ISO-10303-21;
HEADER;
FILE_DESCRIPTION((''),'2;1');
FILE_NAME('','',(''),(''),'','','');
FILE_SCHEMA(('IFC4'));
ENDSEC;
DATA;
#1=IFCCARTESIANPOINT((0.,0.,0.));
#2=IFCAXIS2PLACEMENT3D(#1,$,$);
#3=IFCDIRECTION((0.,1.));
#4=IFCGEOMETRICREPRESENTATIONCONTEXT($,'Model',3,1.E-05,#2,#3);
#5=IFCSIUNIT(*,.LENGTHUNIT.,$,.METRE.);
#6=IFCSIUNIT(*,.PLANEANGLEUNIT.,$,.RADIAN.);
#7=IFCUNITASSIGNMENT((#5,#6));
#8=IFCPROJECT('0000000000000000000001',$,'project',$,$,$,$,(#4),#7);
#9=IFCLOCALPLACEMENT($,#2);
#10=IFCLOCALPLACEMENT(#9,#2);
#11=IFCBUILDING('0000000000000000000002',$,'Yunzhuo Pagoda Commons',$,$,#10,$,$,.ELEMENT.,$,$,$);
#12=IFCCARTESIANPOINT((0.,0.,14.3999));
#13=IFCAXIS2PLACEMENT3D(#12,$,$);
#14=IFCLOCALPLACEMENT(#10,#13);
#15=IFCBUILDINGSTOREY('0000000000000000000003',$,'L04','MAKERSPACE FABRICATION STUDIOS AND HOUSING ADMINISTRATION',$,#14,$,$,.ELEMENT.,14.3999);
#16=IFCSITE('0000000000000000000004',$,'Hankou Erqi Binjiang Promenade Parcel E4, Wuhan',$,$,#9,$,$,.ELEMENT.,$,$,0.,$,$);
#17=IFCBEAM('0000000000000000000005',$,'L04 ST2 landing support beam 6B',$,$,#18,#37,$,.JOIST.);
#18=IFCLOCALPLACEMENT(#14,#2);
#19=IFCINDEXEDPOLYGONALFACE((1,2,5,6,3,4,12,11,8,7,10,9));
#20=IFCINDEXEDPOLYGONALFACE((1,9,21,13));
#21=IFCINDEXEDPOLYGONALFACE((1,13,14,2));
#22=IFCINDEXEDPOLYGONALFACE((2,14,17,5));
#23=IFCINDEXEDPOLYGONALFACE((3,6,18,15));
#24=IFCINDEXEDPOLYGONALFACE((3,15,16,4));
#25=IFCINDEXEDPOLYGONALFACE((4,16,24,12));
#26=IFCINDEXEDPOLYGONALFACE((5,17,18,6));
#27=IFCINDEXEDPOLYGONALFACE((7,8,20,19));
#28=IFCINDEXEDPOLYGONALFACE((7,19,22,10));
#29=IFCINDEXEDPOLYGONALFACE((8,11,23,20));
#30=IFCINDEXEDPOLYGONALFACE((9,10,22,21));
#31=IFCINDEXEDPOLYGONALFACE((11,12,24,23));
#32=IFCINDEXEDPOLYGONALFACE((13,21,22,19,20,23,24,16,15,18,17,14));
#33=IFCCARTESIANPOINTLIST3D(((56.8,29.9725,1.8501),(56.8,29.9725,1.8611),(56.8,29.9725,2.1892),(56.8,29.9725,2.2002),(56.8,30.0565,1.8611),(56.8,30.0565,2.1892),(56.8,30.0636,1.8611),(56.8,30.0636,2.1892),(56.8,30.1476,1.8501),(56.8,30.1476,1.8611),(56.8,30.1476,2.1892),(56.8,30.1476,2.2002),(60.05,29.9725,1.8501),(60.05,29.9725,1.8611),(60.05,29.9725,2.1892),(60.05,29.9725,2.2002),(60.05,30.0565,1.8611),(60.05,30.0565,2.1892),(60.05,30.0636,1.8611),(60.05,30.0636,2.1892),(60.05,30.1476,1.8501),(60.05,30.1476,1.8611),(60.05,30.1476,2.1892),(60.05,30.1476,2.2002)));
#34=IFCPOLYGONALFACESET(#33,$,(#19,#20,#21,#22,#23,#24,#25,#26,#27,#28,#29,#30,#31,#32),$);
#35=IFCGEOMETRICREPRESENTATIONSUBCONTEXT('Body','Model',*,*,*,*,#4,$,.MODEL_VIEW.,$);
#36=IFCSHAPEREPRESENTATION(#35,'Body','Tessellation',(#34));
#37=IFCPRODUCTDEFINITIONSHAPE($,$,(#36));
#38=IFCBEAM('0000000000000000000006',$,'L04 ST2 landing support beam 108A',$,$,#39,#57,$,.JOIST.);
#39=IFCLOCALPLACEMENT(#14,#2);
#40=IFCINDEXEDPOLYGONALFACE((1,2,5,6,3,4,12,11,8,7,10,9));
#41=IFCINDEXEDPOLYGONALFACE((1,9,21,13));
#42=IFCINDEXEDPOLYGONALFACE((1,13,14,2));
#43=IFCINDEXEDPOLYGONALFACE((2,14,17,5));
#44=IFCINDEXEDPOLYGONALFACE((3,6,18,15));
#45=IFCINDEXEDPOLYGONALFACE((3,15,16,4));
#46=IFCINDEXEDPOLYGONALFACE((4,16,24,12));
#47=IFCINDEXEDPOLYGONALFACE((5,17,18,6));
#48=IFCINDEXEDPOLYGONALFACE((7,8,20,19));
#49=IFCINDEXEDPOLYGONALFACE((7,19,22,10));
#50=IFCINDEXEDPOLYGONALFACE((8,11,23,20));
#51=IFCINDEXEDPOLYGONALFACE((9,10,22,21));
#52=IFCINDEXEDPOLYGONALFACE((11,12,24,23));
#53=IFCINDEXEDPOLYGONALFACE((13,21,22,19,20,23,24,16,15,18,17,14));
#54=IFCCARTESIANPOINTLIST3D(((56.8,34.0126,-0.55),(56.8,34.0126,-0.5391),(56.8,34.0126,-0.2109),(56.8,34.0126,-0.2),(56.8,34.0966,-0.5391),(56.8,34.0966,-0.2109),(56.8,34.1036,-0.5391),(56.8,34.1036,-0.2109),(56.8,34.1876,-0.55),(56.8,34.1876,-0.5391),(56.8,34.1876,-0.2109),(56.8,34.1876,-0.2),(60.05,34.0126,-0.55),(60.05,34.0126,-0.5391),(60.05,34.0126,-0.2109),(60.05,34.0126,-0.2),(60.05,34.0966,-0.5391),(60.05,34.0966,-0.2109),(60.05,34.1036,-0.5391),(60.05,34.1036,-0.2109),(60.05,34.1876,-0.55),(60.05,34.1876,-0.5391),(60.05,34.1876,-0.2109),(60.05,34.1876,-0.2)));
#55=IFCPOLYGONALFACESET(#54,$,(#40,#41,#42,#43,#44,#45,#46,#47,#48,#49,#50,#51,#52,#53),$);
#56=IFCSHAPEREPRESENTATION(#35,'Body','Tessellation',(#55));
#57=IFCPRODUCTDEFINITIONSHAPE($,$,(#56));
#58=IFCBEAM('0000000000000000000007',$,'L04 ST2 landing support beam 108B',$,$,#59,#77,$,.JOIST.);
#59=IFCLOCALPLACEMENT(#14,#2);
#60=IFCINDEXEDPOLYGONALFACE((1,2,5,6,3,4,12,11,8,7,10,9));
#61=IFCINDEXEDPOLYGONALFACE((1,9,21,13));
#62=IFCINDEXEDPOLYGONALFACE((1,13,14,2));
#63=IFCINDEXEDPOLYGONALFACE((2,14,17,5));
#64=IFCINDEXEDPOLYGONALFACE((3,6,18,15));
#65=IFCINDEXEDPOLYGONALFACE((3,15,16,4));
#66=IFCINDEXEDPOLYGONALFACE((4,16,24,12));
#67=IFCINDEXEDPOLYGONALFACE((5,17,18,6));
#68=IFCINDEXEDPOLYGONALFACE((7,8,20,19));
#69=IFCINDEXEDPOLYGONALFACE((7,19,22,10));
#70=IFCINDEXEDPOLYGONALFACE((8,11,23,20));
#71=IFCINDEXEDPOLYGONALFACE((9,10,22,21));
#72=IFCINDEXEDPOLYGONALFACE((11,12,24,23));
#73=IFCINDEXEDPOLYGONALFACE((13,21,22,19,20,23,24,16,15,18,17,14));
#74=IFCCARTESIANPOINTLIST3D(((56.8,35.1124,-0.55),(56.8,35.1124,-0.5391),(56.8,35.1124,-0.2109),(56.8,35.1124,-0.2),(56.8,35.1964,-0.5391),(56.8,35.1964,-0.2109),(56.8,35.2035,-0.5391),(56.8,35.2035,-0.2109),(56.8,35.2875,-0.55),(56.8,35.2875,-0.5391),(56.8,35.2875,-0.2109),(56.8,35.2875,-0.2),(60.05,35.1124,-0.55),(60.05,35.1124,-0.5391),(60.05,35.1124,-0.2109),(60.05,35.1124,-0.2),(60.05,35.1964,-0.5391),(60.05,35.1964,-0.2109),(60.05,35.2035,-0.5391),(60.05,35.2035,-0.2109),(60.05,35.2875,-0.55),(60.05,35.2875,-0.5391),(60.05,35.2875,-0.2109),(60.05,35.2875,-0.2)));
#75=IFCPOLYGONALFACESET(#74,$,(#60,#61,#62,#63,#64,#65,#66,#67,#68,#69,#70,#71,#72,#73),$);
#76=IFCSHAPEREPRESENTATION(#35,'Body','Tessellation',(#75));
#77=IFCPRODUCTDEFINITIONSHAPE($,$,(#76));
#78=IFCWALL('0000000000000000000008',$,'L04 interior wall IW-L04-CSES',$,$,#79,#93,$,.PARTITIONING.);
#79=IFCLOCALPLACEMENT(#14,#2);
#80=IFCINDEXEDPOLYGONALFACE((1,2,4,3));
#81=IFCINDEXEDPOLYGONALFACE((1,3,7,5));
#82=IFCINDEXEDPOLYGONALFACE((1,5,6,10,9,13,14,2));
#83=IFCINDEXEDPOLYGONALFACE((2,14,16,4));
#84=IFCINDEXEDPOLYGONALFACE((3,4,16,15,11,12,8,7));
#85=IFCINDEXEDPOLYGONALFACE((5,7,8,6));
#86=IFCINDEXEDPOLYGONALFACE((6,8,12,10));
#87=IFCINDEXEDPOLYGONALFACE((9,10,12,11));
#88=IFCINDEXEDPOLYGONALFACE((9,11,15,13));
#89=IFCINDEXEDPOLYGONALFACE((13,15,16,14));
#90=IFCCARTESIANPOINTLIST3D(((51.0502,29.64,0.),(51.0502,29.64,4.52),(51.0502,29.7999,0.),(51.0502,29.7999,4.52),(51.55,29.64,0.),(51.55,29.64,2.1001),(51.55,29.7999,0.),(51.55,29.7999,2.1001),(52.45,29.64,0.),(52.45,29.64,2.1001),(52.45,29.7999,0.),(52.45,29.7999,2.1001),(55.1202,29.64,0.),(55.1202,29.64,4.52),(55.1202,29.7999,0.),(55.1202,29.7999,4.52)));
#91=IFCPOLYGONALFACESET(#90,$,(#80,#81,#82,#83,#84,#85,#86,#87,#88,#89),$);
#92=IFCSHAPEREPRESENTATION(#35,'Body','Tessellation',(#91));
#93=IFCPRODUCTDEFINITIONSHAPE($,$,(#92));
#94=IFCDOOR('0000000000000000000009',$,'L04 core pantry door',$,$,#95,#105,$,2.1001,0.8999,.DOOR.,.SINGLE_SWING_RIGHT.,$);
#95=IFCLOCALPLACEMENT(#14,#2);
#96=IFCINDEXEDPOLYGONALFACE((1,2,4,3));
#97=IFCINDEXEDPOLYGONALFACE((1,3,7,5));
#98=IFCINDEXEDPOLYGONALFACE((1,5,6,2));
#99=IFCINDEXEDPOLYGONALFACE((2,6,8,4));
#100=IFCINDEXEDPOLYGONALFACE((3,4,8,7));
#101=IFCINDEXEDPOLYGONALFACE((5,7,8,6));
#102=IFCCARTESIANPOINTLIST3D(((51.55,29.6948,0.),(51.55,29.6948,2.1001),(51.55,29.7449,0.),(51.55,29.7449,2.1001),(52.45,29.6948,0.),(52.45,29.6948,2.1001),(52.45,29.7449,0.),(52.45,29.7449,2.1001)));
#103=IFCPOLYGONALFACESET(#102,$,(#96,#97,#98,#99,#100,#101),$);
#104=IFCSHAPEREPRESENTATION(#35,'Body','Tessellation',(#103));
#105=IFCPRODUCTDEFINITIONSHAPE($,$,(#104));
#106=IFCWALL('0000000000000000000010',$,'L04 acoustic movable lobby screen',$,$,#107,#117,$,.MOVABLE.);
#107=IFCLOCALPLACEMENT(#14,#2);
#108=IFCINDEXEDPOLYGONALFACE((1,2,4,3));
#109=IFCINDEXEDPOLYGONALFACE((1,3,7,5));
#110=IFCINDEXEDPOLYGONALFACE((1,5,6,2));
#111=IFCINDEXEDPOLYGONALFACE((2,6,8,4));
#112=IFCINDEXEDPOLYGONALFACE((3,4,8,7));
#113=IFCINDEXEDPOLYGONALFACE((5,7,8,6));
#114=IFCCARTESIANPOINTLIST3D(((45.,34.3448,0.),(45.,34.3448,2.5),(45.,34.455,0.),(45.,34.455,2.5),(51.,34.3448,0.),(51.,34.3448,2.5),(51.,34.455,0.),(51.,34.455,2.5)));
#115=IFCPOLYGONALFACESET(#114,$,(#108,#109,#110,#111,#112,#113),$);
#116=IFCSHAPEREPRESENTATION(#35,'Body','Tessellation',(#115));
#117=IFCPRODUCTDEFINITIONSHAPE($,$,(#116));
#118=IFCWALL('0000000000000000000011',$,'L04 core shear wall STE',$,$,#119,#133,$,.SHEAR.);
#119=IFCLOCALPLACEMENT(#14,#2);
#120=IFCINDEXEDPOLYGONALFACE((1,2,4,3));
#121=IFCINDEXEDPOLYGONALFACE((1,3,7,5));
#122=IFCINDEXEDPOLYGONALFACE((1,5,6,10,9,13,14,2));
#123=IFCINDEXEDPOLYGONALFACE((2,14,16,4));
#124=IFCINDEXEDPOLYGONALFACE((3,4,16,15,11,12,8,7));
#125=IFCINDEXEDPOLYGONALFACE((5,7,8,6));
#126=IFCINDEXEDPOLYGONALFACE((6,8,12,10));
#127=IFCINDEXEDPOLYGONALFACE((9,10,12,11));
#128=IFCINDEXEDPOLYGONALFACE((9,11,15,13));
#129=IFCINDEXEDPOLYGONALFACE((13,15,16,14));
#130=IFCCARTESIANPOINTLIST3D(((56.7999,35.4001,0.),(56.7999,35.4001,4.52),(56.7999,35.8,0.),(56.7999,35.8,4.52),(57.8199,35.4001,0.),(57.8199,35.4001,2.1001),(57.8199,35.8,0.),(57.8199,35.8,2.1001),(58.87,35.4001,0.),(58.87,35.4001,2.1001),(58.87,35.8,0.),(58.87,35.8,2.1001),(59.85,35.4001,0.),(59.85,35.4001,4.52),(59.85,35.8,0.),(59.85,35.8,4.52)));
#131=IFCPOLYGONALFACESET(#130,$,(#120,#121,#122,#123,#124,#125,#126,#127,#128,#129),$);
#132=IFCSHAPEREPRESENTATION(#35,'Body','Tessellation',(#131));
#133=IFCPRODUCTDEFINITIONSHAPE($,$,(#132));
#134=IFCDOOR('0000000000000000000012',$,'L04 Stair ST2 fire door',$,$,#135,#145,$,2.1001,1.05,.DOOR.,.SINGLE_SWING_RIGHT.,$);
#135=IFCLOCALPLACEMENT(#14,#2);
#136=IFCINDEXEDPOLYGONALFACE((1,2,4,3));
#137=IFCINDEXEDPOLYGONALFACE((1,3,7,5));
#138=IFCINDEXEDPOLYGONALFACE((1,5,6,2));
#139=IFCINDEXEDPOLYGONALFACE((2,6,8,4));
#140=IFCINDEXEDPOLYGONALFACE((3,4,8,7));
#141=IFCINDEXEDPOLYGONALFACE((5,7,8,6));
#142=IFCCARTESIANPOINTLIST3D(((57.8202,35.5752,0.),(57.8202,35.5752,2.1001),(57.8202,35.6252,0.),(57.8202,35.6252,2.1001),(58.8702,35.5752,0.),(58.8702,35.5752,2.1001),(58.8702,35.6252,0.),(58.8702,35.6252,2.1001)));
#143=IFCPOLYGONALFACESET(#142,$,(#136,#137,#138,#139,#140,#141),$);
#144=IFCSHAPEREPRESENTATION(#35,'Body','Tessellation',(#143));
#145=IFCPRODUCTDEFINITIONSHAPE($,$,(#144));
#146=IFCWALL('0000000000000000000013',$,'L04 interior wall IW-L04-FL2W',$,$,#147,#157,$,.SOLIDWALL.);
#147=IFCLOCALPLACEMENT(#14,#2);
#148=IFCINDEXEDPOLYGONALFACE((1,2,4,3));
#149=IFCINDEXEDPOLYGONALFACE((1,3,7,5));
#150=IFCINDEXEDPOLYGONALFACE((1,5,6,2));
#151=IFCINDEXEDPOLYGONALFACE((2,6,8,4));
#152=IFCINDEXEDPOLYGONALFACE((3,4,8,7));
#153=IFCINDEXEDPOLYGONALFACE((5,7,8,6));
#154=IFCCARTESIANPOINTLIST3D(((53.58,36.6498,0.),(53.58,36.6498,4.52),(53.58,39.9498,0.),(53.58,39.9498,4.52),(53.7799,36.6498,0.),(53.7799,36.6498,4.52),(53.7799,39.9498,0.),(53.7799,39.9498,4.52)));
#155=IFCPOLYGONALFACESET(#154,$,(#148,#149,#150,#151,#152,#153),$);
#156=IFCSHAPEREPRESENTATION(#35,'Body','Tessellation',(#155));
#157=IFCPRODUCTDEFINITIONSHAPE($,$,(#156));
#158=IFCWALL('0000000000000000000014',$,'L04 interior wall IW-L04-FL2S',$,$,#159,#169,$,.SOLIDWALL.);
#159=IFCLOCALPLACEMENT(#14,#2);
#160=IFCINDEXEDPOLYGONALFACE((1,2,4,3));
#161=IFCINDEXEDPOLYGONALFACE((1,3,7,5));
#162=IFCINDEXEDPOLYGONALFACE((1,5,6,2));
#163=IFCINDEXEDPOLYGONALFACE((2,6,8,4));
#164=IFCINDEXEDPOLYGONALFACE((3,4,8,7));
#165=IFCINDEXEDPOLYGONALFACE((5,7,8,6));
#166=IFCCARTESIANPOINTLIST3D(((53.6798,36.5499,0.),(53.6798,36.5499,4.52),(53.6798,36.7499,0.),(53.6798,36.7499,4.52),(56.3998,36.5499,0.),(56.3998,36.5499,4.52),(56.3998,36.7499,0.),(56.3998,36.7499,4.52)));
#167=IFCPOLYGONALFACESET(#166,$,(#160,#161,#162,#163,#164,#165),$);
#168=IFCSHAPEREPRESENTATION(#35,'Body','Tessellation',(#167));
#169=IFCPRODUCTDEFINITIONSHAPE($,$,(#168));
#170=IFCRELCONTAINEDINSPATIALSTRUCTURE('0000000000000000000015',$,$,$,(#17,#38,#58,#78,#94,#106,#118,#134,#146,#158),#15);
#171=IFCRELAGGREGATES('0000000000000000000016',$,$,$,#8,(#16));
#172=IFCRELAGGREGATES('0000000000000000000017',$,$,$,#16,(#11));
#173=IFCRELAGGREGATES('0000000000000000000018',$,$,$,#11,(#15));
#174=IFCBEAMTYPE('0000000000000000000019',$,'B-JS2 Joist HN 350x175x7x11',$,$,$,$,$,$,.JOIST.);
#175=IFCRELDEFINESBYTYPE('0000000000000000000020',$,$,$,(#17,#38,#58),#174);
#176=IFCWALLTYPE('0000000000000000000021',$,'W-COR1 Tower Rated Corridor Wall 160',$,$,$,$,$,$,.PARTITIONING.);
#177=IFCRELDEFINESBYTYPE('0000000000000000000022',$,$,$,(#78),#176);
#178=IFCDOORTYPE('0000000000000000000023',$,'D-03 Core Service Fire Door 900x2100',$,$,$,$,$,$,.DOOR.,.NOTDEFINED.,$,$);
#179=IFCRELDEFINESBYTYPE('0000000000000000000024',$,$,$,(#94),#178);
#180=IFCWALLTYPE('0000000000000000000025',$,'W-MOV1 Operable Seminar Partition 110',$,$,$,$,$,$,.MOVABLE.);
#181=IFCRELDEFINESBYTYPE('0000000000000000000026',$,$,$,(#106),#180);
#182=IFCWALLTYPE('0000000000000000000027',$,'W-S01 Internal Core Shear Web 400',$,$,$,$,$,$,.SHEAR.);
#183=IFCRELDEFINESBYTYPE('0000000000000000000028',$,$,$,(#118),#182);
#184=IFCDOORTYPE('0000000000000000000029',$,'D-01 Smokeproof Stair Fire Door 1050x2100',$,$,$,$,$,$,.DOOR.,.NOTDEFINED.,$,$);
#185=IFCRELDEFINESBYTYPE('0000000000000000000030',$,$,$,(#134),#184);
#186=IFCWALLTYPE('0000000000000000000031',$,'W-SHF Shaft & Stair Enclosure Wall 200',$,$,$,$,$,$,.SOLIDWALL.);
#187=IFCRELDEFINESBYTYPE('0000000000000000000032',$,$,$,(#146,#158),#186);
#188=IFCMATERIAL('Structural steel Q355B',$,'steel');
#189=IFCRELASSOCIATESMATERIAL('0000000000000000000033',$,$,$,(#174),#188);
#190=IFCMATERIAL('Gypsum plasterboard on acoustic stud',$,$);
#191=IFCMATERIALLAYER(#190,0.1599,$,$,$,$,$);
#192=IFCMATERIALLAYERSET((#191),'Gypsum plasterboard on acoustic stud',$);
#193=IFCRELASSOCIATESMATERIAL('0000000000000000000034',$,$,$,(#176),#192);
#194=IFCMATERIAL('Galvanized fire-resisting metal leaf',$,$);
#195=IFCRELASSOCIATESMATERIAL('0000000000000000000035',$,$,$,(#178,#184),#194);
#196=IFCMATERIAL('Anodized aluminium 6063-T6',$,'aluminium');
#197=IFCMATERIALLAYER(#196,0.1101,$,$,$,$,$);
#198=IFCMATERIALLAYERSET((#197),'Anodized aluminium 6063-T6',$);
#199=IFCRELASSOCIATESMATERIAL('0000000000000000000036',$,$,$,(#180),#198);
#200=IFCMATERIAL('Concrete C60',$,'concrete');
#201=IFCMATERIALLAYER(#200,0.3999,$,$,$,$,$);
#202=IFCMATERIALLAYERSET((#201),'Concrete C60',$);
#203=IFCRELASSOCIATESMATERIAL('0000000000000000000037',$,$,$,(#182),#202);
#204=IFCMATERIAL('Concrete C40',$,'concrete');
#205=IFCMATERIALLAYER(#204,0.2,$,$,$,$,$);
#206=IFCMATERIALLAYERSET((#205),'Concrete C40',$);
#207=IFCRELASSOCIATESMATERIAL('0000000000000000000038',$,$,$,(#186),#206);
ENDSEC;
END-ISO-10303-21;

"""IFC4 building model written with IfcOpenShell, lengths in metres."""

from ifc_helpers import new_model, si_unit, direction, frame, frame_2d, origin, origin_with_axes, origin_2d, place, context, subcontext, project, spatial, rectangle, i_section, extrude, source, transform, mapped, material, layer, layer_set, material_profile, profile_set, type_object, element, fill, save


model = new_model("IFC4")

# Units and contexts
model_context = context("Model", 3, precision=1e-05, world=origin(), true_north=direction((0.0, 1.0)))
body_context = subcontext(model_context, "Body", "Model", "MODEL_VIEW")
ifc_project = project(units=[si_unit("LENGTHUNIT", "METRE"), si_unit("PLANEANGLEUNIT", "RADIAN")], contexts=[model_context])

# Site, building, storey
site_placement = place(None, origin())
site = spatial("IfcSite", under=ifc_project, at=site_placement, Name="Hankou Erqi Binjiang Promenade Parcel E4, Wuhan", CompositionType="ELEMENT", RefElevation=0.0)
building_placement = place(site_placement, origin())
building = spatial("IfcBuilding", under=site, at=building_placement, Name="Yunzhuo Pagoda Commons", CompositionType="ELEMENT")
storey_placement = place(building_placement, frame((0.0, 0.0, 14.3999)))
storey = spatial("IfcBuildingStorey", under=building, at=storey_placement, Name="L04", Description="MAKERSPACE FABRICATION STUDIOS AND HOUSING ADMINISTRATION", CompositionType="ELEMENT", Elevation=14.3999)

# Beams
ifc_material_1 = material(Name="Structural steel Q355B", Category="steel")
ifc_material_profile = material_profile(ifc_material_1, i_section(OverallWidth=0.175, OverallDepth=0.3501, WebThickness=0.0071, FlangeThickness=0.011, at=origin_2d()), Name="Structural steel Q355B")
ifc_profile_set = profile_set([ifc_material_profile], Name="Structural steel Q355B")
beam_type = type_object("IfcBeamType", Name="B-JS2 Joist HN 350x175x7x11", PredefinedType="JOIST", material=ifc_profile_set)
shared_shape_1 = source(origin(), body_context, "Body", "SweptSolid", [
    extrude(i_section(OverallWidth=0.175, OverallDepth=0.3501, WebThickness=0.0071, FlangeThickness=0.011, at=origin_2d()), origin(), (0.0, 0.0, 1.0), 3.25),
])
for number, where, z_axis, x_axis, name in (
    (1, (56.8, 30.0601, 2.0251), (1.0, 0.0, 0.0), (0.0, 1.0, 0.0), "L04 ST2 landing support beam 6B"),
    (2, (56.8, 34.1001, -0.375), (1.0, 0.0, 0.0), (0.0, 1.0, 0.0), "L04 ST2 landing support beam 108A"),
    (3, (56.8, 35.2, -0.375), (1.0, 0.0, 0.0), (0.0, 1.0, 0.0), "L04 ST2 landing support beam 108B"),
):
    element("IfcBeam", number, at=place(storey_placement, frame(where, z_axis=z_axis, x_axis=x_axis)), inside=storey, type_object=beam_type, Name=name, PredefinedType="JOIST", context=body_context, shape_type="MappedRepresentation", body=[
        mapped(shared_shape_1, transform((0.0, 0.0, 0.0), scale=1.0)),
    ])

# Wall, opening, door
ifc_material_2 = material(Name="Gypsum plasterboard on acoustic stud")
ifc_layer_1 = layer(ifc_material_2, 0.1599)
ifc_layer_set_1 = layer_set([ifc_layer_1], Name="Gypsum plasterboard on acoustic stud")
wall_type_1 = type_object("IfcWallType", Name="W-COR1 Tower Rated Corridor Wall 160", PredefinedType="PARTITIONING", material=ifc_layer_set_1)
wall_1_placement = place(storey_placement, frame((51.05, 29.72, 0.0), z_axis=(0.0, 0.0, 1.0), x_axis=(1.0, 0.0, 0.0)))
wall_1 = element("IfcWall", 4, at=wall_1_placement, inside=storey, type_object=wall_type_1, Name="L04 interior wall IW-L04-CSES", PredefinedType="PARTITIONING", context=body_context, shape_type="SweptSolid", body=[
    extrude(rectangle(XDim=4.0701, YDim=0.1599, at=frame_2d((2.0352, 0.0))), origin(), (0.0, 0.0, 1.0), 4.52),
])
opening_1_placement = place(wall_1_placement, frame((0.5, 0.0, 0.0)))
opening_1 = element("IfcOpeningElement", 5, at=opening_1_placement, cuts=wall_1, PredefinedType="OPENING", context=body_context, shape_type="SweptSolid", body=[
    extrude(rectangle(XDim=0.8999, YDim=2.1001, at=frame_2d((0.45, 1.05))), frame((0.0, 0.0898, 0.0), z_axis=(0.0, -1.0, 0.0), x_axis=(1.0, 0.0, 0.0)), (0.0, 0.0, 1.0), 0.1799),
])
ifc_material_3 = material(Name="Galvanized fire-resisting metal leaf")
door_type_1 = type_object("IfcDoorType", Name="D-03 Core Service Fire Door 900x2100", OperationType="NOTDEFINED", PredefinedType="DOOR", material=ifc_material_3)
shared_shape_2 = source(origin(), body_context, "Body", "SweptSolid", [
    extrude(rectangle(XDim=0.8999, YDim=2.1001, at=frame_2d((0.45, 1.05))), frame((0.0, 0.0249, 0.0), z_axis=(0.0, -1.0, 0.0), x_axis=(1.0, 0.0, 0.0)), (0.0, 0.0, 1.0), 0.05),
])
door_1_placement = place(opening_1_placement, origin_with_axes())
door_1 = element("IfcDoor", 6, at=door_1_placement, inside=storey, type_object=door_type_1, Name="L04 core pantry door", OperationType="SINGLE_SWING_RIGHT", OverallHeight=2.1001, OverallWidth=0.8999, PredefinedType="DOOR", context=body_context, shape_type="MappedRepresentation", body=[
    mapped(shared_shape_2, transform((0.0, 0.0, 0.0), scale=1.0)),
])
fill(opening_1, door_1)

# Wall
ifc_material_4 = material(Name="Anodized aluminium 6063-T6", Category="aluminium")
ifc_layer_2 = layer(ifc_material_4, 0.1101)
ifc_layer_set_2 = layer_set([ifc_layer_2], Name="Anodized aluminium 6063-T6")
wall_type_2 = type_object("IfcWallType", Name="W-MOV1 Operable Seminar Partition 110", PredefinedType="MOVABLE", material=ifc_layer_set_2)
wall_2_placement = place(storey_placement, frame((45.0, 34.3999, 0.0), z_axis=(0.0, 0.0, 1.0), x_axis=(1.0, 0.0, 0.0)))
element("IfcWall", 7, at=wall_2_placement, inside=storey, type_object=wall_type_2, Name="L04 acoustic movable lobby screen", PredefinedType="MOVABLE", context=body_context, shape_type="SweptSolid", body=[
    extrude(rectangle(XDim=6.0, YDim=0.1101, at=frame_2d((3.0, 0.0))), origin(), (0.0, 0.0, 1.0), 2.5),
])

# Wall, opening, door
ifc_material_5 = material(Name="Concrete C60", Category="concrete")
ifc_layer_3 = layer(ifc_material_5, 0.3999)
ifc_layer_set_3 = layer_set([ifc_layer_3], Name="Concrete C60")
wall_type_3 = type_object("IfcWallType", Name="W-S01 Internal Core Shear Web 400", PredefinedType="SHEAR", material=ifc_layer_set_3)
wall_3_placement = place(storey_placement, frame((56.8, 35.6001, 0.0), z_axis=(0.0, 0.0, 1.0), x_axis=(1.0, 0.0, 0.0)))
wall_3 = element("IfcWall", 8, at=wall_3_placement, inside=storey, type_object=wall_type_3, Name="L04 core shear wall STE", PredefinedType="SHEAR", context=body_context, shape_type="SweptSolid", body=[
    extrude(rectangle(XDim=3.05, YDim=0.3999, at=frame_2d((1.5249, 0.0))), origin(), (0.0, 0.0, 1.0), 4.52),
])
opening_2_placement = place(wall_3_placement, frame((1.02, 0.0, 0.0)))
opening_2 = element("IfcOpeningElement", 9, at=opening_2_placement, cuts=wall_3, PredefinedType="OPENING", context=body_context, shape_type="SweptSolid", body=[
    extrude(rectangle(XDim=1.05, YDim=2.1001, at=frame_2d((0.5249, 1.05))), frame((0.0, 0.21, 0.0), z_axis=(0.0, -1.0, 0.0), x_axis=(1.0, 0.0, 0.0)), (0.0, 0.0, 1.0), 0.4199),
])
door_type_2 = type_object("IfcDoorType", Name="D-01 Smokeproof Stair Fire Door 1050x2100", OperationType="NOTDEFINED", PredefinedType="DOOR", material=ifc_material_3)
shared_shape_3 = source(origin(), body_context, "Body", "SweptSolid", [
    extrude(rectangle(XDim=1.05, YDim=2.1001, at=frame_2d((0.5249, 1.05))), frame((0.0, 0.0249, 0.0), z_axis=(0.0, -1.0, 0.0), x_axis=(1.0, 0.0, 0.0)), (0.0, 0.0, 1.0), 0.05),
])
door_2_placement = place(opening_2_placement, frame((1.05, 0.0, 0.0), z_axis=(0.0, 0.0, 1.0), x_axis=(-1.0, 0.0, 0.0)))
door_2 = element("IfcDoor", 10, at=door_2_placement, inside=storey, type_object=door_type_2, Name="L04 Stair ST2 fire door", OperationType="SINGLE_SWING_RIGHT", OverallHeight=2.1001, OverallWidth=1.05, PredefinedType="DOOR", context=body_context, shape_type="MappedRepresentation", body=[
    mapped(shared_shape_3, transform((0.0, 0.0, 0.0), scale=1.0)),
])
fill(opening_2, door_2)

# Walls
ifc_material_6 = material(Name="Concrete C40", Category="concrete")
ifc_layer_4 = layer(ifc_material_6, 0.2)
ifc_layer_set_4 = layer_set([ifc_layer_4], Name="Concrete C40")
wall_type_4 = type_object("IfcWallType", Name="W-SHF Shaft & Stair Enclosure Wall 200", PredefinedType="SOLIDWALL", material=ifc_layer_set_4)
wall_4_placement = place(storey_placement, frame((53.6799, 36.6499, 0.0), z_axis=(0.0, 0.0, 1.0), x_axis=(0.0, 1.0, 0.0)))
element("IfcWall", 11, at=wall_4_placement, inside=storey, type_object=wall_type_4, Name="L04 interior wall IW-L04-FL2W", PredefinedType="SOLIDWALL", context=body_context, shape_type="SweptSolid", body=[
    extrude(rectangle(XDim=3.3, YDim=0.2, at=frame_2d((1.6499, 0.0))), origin(), (0.0, 0.0, 1.0), 4.52),
])
wall_5_placement = place(storey_placement, frame((53.6799, 36.6499, 0.0), z_axis=(0.0, 0.0, 1.0), x_axis=(1.0, 0.0, 0.0)))
element("IfcWall", 12, at=wall_5_placement, inside=storey, type_object=wall_type_4, Name="L04 interior wall IW-L04-FL2S", PredefinedType="SOLIDWALL", context=body_context, shape_type="SweptSolid", body=[
    extrude(rectangle(XDim=2.72, YDim=0.2, at=frame_2d((1.3599, 0.0))), origin(), (0.0, 0.0, 1.0), 4.52),
])

save(model, "model.ifc")
